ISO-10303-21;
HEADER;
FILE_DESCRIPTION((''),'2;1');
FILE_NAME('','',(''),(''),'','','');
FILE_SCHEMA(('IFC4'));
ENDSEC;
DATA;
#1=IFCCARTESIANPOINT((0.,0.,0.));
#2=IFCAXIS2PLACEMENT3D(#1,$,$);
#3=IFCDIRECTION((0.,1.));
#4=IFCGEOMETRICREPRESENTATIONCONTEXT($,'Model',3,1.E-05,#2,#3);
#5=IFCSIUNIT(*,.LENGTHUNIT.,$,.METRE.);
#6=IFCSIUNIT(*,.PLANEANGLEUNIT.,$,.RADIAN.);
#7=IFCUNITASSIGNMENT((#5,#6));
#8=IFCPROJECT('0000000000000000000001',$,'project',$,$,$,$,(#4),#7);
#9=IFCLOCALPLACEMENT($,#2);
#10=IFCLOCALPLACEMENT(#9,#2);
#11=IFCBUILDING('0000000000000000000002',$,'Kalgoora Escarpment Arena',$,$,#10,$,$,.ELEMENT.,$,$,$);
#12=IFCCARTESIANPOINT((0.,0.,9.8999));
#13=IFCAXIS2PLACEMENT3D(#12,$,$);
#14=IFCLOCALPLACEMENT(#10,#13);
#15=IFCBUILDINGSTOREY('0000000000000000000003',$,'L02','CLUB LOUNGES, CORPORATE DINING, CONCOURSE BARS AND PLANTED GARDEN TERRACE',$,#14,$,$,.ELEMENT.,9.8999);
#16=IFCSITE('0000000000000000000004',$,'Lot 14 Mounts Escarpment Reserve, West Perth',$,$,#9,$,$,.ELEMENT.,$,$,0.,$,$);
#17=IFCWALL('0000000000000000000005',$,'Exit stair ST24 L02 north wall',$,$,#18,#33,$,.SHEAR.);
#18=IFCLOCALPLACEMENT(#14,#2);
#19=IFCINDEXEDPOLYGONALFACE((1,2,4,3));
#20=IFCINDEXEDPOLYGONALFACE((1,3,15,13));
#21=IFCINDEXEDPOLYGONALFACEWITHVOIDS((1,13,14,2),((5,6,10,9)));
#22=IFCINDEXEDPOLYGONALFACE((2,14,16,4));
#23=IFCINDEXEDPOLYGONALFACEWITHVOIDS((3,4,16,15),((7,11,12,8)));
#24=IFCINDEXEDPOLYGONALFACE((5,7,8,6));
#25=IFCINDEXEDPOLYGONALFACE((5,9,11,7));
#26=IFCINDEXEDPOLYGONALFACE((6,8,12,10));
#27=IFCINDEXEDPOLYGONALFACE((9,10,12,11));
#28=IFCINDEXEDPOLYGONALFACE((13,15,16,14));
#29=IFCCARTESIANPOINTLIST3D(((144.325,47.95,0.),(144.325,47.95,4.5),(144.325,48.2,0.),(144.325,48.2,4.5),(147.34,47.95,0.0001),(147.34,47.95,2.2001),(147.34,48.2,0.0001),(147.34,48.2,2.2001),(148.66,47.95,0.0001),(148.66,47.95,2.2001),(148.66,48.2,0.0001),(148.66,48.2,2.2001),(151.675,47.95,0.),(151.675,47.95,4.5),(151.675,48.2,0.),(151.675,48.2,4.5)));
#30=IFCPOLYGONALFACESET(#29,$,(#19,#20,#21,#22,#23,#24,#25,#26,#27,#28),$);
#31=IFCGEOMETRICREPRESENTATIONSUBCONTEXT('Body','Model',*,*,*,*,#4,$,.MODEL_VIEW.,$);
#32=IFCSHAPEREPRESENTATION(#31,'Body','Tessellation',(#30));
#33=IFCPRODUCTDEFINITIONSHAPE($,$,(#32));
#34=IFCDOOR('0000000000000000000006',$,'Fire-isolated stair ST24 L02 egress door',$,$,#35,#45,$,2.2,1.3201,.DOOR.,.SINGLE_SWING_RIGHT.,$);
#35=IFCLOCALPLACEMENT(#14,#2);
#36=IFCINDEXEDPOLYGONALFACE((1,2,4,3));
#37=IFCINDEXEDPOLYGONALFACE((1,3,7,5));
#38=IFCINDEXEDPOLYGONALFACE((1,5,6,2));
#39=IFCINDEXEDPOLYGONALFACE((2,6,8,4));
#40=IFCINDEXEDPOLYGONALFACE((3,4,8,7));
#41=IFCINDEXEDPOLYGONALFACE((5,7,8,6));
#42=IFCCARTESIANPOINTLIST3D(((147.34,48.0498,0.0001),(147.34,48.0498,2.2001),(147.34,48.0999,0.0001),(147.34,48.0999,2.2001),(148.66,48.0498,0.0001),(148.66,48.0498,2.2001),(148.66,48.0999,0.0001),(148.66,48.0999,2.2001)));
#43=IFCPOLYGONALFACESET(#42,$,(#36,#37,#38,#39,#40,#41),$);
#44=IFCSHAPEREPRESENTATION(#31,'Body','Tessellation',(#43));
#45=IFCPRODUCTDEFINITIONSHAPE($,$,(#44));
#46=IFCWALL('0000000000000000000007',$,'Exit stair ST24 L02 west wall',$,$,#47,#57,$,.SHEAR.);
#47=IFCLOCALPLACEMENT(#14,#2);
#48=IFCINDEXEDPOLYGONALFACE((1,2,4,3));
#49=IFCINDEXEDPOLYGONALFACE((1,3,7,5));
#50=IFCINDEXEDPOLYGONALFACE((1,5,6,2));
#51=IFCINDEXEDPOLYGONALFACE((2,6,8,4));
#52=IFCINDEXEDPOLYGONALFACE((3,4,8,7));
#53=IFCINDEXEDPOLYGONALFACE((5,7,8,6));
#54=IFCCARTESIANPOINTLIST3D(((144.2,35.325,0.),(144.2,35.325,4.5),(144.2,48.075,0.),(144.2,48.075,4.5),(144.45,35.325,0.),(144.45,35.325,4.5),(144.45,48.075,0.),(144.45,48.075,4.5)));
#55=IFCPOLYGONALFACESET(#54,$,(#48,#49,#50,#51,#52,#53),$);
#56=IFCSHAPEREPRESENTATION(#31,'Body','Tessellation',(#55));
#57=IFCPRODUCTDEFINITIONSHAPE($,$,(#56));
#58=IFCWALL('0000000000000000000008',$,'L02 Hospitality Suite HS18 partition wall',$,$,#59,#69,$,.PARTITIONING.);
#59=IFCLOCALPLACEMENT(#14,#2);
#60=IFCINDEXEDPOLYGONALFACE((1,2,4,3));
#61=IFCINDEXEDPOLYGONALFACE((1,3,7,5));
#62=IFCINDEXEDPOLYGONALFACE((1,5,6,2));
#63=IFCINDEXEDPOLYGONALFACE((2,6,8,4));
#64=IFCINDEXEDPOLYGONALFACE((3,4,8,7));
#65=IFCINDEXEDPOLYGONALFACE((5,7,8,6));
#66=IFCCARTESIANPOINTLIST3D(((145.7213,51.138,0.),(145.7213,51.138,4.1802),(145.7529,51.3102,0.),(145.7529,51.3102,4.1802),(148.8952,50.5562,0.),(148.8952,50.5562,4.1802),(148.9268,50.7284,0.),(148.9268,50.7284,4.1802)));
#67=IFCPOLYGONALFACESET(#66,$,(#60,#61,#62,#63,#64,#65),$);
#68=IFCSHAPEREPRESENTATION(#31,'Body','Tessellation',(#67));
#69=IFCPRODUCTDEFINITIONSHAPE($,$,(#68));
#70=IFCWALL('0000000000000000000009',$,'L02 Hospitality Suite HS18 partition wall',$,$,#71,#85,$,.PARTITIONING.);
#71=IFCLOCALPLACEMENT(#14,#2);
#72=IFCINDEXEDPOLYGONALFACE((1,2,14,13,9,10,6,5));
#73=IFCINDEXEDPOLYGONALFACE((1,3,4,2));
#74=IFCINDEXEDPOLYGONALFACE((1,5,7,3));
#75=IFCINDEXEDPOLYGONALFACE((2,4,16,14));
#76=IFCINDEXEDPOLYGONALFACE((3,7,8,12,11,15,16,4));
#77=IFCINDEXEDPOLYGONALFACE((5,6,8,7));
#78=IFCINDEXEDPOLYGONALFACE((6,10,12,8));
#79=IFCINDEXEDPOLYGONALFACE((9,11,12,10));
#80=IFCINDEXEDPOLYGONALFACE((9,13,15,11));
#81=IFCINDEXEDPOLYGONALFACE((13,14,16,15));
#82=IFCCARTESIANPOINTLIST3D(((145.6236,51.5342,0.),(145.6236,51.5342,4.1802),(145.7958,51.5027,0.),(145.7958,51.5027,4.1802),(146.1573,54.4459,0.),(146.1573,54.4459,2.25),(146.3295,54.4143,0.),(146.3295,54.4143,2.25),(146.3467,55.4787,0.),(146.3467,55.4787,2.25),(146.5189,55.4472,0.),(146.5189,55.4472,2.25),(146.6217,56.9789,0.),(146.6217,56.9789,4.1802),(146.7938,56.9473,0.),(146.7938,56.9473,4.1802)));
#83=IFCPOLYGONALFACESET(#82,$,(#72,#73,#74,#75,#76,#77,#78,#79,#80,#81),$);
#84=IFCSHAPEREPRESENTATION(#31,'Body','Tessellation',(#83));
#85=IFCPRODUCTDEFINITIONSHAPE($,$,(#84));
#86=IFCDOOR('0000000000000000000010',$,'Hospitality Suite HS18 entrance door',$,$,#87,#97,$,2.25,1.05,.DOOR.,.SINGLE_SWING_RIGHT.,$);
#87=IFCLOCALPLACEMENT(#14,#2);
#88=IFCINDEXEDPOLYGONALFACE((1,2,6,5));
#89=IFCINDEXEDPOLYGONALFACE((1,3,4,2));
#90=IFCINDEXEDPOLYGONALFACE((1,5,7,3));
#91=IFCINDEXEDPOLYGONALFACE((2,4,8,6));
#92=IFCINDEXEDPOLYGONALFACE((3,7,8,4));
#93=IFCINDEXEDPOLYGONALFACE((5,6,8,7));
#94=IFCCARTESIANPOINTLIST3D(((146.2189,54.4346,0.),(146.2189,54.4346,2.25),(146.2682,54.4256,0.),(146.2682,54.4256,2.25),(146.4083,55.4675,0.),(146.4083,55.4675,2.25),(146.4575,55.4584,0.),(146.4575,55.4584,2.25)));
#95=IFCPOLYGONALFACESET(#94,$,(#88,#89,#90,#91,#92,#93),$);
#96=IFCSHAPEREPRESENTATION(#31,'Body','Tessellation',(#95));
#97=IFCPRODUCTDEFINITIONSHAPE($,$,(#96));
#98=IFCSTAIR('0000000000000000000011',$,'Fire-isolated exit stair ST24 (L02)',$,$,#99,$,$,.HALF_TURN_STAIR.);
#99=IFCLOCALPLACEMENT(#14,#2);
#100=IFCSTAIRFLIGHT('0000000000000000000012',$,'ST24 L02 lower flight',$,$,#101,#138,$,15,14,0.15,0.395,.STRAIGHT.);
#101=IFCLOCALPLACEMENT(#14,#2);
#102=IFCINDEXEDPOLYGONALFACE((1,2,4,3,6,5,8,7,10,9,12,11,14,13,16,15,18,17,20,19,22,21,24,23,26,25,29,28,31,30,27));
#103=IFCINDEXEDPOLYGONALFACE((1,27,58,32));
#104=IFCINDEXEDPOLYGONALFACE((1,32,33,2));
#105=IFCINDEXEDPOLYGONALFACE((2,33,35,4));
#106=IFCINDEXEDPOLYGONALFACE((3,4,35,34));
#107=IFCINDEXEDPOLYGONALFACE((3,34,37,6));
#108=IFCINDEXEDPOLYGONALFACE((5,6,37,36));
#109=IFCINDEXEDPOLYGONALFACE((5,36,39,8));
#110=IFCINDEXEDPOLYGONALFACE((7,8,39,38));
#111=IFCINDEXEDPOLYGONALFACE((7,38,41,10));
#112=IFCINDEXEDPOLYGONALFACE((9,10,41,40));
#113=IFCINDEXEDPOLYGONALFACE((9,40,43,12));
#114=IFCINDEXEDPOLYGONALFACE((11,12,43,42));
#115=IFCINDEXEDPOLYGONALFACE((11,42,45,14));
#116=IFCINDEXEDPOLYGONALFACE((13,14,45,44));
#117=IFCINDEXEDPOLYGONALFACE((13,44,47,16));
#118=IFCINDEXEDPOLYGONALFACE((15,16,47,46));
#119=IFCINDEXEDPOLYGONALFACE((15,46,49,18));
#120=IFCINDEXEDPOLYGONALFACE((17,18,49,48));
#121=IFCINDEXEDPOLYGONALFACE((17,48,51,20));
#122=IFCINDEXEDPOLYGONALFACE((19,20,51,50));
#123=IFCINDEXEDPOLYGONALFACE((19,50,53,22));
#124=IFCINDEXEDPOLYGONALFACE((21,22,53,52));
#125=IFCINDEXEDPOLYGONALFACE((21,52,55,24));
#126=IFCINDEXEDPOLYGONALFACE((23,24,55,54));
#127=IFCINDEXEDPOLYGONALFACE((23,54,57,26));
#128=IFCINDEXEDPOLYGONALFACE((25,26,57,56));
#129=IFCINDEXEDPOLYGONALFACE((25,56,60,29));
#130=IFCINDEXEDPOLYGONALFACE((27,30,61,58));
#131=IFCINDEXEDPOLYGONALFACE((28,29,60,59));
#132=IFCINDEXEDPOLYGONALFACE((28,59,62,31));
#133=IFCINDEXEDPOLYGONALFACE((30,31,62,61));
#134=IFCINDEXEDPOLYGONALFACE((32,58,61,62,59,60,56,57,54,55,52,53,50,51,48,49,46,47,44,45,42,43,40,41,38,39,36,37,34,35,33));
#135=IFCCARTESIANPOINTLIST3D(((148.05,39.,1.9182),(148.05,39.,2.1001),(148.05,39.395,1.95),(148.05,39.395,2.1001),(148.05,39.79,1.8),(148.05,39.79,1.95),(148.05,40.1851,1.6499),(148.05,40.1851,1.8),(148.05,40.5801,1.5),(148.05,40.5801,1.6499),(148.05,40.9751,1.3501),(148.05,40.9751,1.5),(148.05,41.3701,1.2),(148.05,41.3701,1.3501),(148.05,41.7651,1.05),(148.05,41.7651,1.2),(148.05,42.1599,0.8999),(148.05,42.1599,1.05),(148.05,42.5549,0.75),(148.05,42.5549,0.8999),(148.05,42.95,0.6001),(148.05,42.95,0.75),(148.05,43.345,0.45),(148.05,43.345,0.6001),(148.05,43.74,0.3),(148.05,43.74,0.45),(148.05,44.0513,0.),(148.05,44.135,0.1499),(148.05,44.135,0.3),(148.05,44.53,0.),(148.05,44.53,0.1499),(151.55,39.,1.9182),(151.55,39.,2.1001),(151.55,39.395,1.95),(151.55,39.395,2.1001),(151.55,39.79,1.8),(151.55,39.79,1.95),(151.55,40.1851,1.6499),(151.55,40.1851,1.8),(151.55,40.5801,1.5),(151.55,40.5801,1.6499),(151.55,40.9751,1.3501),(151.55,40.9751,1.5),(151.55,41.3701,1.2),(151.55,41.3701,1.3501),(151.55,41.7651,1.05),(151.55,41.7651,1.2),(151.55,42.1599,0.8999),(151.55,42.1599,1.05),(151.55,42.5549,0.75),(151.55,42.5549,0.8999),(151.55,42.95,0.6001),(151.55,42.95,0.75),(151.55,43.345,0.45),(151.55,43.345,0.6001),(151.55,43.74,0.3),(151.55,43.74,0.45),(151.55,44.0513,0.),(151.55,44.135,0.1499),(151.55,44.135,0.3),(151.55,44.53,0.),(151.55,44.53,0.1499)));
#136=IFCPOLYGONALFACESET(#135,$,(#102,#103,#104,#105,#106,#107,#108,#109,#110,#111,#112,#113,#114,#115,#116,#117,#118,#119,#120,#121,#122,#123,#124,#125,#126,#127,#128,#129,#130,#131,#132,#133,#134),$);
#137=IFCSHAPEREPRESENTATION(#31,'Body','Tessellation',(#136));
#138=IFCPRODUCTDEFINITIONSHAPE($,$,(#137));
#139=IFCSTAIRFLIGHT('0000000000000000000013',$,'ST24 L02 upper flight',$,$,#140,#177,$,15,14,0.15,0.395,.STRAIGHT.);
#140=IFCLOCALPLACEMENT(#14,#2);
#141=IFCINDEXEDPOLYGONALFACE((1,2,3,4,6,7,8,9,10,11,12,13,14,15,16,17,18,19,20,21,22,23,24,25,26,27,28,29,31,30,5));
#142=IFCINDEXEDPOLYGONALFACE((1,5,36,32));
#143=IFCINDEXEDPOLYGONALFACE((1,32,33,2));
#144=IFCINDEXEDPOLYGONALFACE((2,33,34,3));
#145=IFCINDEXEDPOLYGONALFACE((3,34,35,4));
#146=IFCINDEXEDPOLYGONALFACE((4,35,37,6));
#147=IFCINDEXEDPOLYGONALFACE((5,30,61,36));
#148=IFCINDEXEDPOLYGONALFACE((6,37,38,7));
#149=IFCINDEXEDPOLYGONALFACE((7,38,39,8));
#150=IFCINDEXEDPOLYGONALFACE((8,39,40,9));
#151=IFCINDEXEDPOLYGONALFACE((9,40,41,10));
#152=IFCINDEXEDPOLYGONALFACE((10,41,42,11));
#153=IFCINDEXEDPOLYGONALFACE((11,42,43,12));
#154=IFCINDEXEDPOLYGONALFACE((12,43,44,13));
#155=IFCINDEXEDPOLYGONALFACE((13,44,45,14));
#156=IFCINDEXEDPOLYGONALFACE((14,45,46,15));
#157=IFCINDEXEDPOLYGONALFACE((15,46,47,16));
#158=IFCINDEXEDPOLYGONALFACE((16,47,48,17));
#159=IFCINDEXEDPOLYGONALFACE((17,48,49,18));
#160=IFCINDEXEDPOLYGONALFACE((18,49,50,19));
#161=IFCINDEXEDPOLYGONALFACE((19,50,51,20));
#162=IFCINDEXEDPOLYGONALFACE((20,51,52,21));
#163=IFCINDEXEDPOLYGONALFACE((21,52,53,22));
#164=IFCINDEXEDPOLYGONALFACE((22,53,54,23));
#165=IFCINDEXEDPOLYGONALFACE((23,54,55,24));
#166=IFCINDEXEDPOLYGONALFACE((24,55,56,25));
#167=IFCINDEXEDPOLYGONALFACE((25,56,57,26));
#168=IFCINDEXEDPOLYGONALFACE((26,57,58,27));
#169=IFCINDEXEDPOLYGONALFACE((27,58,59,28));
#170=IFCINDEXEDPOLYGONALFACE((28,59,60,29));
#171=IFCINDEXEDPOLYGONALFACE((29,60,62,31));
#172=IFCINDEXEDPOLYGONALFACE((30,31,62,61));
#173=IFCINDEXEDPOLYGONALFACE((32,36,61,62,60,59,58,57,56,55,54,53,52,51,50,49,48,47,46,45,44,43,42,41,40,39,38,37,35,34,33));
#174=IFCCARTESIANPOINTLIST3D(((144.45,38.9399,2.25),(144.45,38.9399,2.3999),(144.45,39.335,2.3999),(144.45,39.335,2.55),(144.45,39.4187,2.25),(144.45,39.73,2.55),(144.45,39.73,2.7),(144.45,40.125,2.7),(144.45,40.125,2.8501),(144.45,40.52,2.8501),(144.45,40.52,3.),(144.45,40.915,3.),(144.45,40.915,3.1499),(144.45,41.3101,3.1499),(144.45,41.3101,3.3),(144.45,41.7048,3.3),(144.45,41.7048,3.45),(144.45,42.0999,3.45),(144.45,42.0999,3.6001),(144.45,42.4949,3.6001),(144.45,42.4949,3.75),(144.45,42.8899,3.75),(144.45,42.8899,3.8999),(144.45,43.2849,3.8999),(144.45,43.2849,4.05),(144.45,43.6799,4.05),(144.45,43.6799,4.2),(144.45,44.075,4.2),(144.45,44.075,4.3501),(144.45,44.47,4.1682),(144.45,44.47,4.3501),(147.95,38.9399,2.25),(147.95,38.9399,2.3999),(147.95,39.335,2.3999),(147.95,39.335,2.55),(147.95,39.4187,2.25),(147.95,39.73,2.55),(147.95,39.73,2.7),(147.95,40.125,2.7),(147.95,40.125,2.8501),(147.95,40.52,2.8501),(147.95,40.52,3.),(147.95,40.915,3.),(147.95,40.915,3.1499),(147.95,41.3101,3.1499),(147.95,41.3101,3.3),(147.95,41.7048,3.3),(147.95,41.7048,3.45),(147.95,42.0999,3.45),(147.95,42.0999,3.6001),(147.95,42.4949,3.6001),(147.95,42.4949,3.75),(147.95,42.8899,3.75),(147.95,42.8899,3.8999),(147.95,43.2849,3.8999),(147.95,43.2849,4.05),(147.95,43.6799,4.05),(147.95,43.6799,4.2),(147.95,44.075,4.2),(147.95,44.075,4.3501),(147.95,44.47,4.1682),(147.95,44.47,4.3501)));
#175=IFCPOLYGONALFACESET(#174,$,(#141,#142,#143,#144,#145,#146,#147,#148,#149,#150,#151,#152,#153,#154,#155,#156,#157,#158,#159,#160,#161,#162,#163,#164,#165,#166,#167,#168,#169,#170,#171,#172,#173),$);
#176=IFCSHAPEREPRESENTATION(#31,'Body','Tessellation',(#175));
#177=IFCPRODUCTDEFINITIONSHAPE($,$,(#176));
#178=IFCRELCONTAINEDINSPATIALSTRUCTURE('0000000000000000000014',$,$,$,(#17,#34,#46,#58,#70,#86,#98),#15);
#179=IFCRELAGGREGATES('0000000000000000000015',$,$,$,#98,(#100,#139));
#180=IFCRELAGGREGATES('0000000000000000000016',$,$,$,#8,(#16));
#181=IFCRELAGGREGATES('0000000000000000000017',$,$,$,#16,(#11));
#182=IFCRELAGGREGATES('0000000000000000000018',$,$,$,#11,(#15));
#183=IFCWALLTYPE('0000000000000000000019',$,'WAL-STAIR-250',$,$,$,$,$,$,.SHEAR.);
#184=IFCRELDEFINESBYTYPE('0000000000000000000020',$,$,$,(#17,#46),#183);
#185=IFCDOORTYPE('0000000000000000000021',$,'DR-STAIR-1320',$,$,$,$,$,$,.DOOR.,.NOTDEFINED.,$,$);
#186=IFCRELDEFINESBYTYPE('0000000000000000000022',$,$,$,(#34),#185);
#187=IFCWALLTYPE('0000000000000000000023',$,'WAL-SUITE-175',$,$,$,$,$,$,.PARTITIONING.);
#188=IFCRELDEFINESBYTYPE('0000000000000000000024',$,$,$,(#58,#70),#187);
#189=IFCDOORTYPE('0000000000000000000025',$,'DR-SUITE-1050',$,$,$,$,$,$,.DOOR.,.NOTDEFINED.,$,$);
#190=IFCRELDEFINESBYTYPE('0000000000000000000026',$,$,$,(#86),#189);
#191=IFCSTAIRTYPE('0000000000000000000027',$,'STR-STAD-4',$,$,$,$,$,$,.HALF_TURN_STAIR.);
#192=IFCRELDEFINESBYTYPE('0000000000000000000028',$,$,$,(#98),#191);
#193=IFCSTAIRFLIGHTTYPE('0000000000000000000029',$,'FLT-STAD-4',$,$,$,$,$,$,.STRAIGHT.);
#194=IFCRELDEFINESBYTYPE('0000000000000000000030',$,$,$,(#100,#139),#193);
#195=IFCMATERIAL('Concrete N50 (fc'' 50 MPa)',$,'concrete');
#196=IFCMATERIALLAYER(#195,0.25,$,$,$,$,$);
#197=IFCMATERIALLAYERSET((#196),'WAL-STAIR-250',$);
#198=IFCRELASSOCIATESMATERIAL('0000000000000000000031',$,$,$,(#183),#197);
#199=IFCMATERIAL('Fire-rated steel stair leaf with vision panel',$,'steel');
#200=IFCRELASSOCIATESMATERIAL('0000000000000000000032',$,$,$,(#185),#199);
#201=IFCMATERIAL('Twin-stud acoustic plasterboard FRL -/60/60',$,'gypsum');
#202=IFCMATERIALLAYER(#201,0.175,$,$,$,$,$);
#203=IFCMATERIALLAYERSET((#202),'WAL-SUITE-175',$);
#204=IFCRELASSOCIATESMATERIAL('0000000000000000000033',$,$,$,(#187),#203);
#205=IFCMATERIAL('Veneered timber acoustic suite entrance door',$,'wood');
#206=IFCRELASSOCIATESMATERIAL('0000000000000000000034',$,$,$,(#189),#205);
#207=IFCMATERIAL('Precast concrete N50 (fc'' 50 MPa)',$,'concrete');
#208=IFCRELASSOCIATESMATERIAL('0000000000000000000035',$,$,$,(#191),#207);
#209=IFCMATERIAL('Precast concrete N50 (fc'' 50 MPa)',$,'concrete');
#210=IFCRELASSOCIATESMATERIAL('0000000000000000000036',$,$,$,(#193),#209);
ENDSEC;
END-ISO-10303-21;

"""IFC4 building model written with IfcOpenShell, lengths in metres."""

from ifc_helpers import new_model, si_unit, direction, frame, frame_2d, origin, place, context, subcontext, project, spatial, polyline, rectangle, outline, extrude, material, layer, layer_set, type_object, element, fill, aggregate, save


model = new_model("IFC4")

# Units and contexts
model_context = context("Model", 3, precision=1e-05, world=origin(), true_north=direction((0.0, 1.0)))
body_context = subcontext(model_context, "Body", "Model", "MODEL_VIEW")
ifc_project = project(units=[si_unit("LENGTHUNIT", "METRE"), si_unit("PLANEANGLEUNIT", "RADIAN")], contexts=[model_context])

# Site, building, storey
site_placement = place(None, origin())
site = spatial("IfcSite", under=ifc_project, at=site_placement, Name="Lot 14 Mounts Escarpment Reserve, West Perth", CompositionType="ELEMENT", RefElevation=0.0)
building_placement = place(site_placement, origin())
building = spatial("IfcBuilding", under=site, at=building_placement, Name="Kalgoora Escarpment Arena", CompositionType="ELEMENT")
storey_placement = place(building_placement, frame((0.0, 0.0, 9.8999)))
storey = spatial("IfcBuildingStorey", under=building, at=storey_placement, Name="L02", Description="CLUB LOUNGES, CORPORATE DINING, CONCOURSE BARS AND PLANTED GARDEN TERRACE", CompositionType="ELEMENT", Elevation=9.8999)

# Shared definitions
ifc_material_1 = material(Name="Concrete N50 (fc' 50 MPa)", Category="concrete")
ifc_layer_1 = layer(ifc_material_1, 0.25)
ifc_layer_set_1 = layer_set([ifc_layer_1], Name="WAL-STAIR-250")
wall_type_1 = type_object("IfcWallType", Name="WAL-STAIR-250", PredefinedType="SHEAR", material=ifc_layer_set_1)

# Shared definitions
ifc_material_2 = material(Name="Fire-rated steel stair leaf with vision panel", Category="steel")
door_type_1 = type_object("IfcDoorType", Name="DR-STAIR-1320", OperationType="NOTDEFINED", PredefinedType="DOOR", material=ifc_material_2)

# Wall, opening, door
wall_1_placement = place(storey_placement, frame((144.325, 48.075, 0.0), z_axis=(0.0, 0.0, 1.0), x_axis=(1.0, 0.0, 0.0)))
wall_1 = element("IfcWall", 1, at=wall_1_placement, inside=storey, type_object=wall_type_1, Name="Exit stair ST24 L02 north wall", PredefinedType="SHEAR", context=body_context, shape_type="SweptSolid", body=[
    extrude(rectangle(XDim=7.3501, YDim=0.25, at=frame_2d((3.675, 0.0))), origin(), (0.0, 0.0, 1.0), 4.5),
])
opening_1_placement = place(wall_1_placement, frame((3.0149, 0.0, 0.0)))
opening_1 = element("IfcOpeningElement", 2, at=opening_1_placement, cuts=wall_1, PredefinedType="OPENING", context=body_context, shape_type="SweptSolid", body=[
    extrude(rectangle(XDim=1.3201, YDim=2.2, at=frame_2d((0.6602, 1.1001))), frame((0.0, 0.135, 0.0), z_axis=(0.0, -1.0, 0.0), x_axis=(1.0, 0.0, 0.0)), (0.0, 0.0, 1.0), 0.27),
])
door_1_placement = place(opening_1_placement, origin())
door_1 = element("IfcDoor", 3, at=door_1_placement, inside=storey, type_object=door_type_1, Name="Fire-isolated stair ST24 L02 egress door", OperationType="SINGLE_SWING_RIGHT", OverallHeight=2.2, OverallWidth=1.3201, PredefinedType="DOOR", context=body_context, shape_type="SweptSolid", body=[
    extrude(rectangle(XDim=1.3201, YDim=2.2, at=frame_2d((0.6602, 1.1001))), frame((0.0, 0.0249, 0.0), z_axis=(0.0, -1.0, 0.0), x_axis=(1.0, 0.0, 0.0)), (0.0, 0.0, 1.0), 0.05),
])
fill(opening_1, door_1)

# Walls
wall_2_placement = place(storey_placement, frame((144.325, 35.325, 0.0), z_axis=(0.0, 0.0, 1.0), x_axis=(0.0, 1.0, 0.0)))
element("IfcWall", 4, at=wall_2_placement, inside=storey, type_object=wall_type_1, Name="Exit stair ST24 L02 west wall", PredefinedType="SHEAR", context=body_context, shape_type="SweptSolid", body=[
    extrude(rectangle(XDim=12.75, YDim=0.25, at=frame_2d((6.375, 0.0))), origin(), (0.0, 0.0, 1.0), 4.5),
])
ifc_material_3 = material(Name="Twin-stud acoustic plasterboard FRL -/60/60", Category="gypsum")
ifc_layer_2 = layer(ifc_material_3, 0.175)
ifc_layer_set_2 = layer_set([ifc_layer_2], Name="WAL-SUITE-175")
wall_type_2 = type_object("IfcWallType", Name="WAL-SUITE-175", PredefinedType="PARTITIONING", material=ifc_layer_set_2)
wall_3_placement = place(storey_placement, frame((148.9109, 50.6423, 0.0), z_axis=(0.0, 0.0, 1.0), x_axis=(-0.983611, 0.180303, 0.0)))
element("IfcWall", 5, at=wall_3_placement, inside=storey, type_object=wall_type_2, Name="L02 Hospitality Suite HS18 partition wall", PredefinedType="PARTITIONING", context=body_context, shape_type="SweptSolid", body=[
    extrude(rectangle(XDim=3.2268, YDim=0.175, at=frame_2d((1.6133, 0.0))), origin(), (0.0, 0.0, 1.0), 4.1802),
])

# Wall, opening, door
wall_4_placement = place(storey_placement, frame((145.7097, 51.5186, 0.0), z_axis=(0.0, 0.0, 1.0), x_axis=(0.180306, 0.983611, 0.0)))
wall_4 = element("IfcWall", 6, at=wall_4_placement, inside=storey, type_object=wall_type_2, Name="L02 Hospitality Suite HS18 partition wall", PredefinedType="PARTITIONING", context=body_context, shape_type="SweptSolid", body=[
    extrude(rectangle(XDim=5.5354, YDim=0.175, at=frame_2d((2.7676, 0.0))), origin(), (0.0, 0.0, 1.0), 4.1802),
])
opening_2_placement = place(wall_4_placement, frame((2.9602, 0.0, 0.0)))
opening_2 = element("IfcOpeningElement", 7, at=opening_2_placement, cuts=wall_4, PredefinedType="OPENING", context=body_context, shape_type="SweptSolid", body=[
    extrude(rectangle(XDim=1.05, YDim=2.25, at=frame_2d((0.5249, 1.125))), frame((0.0, 0.0974, 0.0), z_axis=(0.0, -1.0, 0.0), x_axis=(1.0, 0.0, 0.0)), (0.0, 0.0, 1.0), 0.1951),
])
ifc_material_4 = material(Name="Veneered timber acoustic suite entrance door", Category="wood")
door_type_2 = type_object("IfcDoorType", Name="DR-SUITE-1050", OperationType="NOTDEFINED", PredefinedType="DOOR", material=ifc_material_4)
door_2_placement = place(opening_2_placement, origin())
door_2 = element("IfcDoor", 8, at=door_2_placement, inside=storey, type_object=door_type_2, Name="Hospitality Suite HS18 entrance door", OperationType="SINGLE_SWING_RIGHT", OverallHeight=2.25, OverallWidth=1.05, PredefinedType="DOOR", context=body_context, shape_type="SweptSolid", body=[
    extrude(rectangle(XDim=1.05, YDim=2.25, at=frame_2d((0.5249, 1.125))), frame((0.0, 0.0249, 0.0), z_axis=(0.0, -1.0, 0.0), x_axis=(1.0, 0.0, 0.0)), (0.0, 0.0, 1.0), 0.05),
])
fill(opening_2, door_2)

# Stair, stair flights
ifc_material_5 = material(Name="Precast concrete N50 (fc' 50 MPa)", Category="concrete")
stair_type = type_object("IfcStairType", Name="STR-STAD-4", PredefinedType="HALF_TURN_STAIR", material=ifc_material_5)
stair_placement = place(storey_placement, origin())
stair = element("IfcStair", 9, at=stair_placement, inside=storey, type_object=stair_type, Name="Fire-isolated exit stair ST24 (L02)", PredefinedType="HALF_TURN_STAIR")
ifc_material_6 = material(Name="Precast concrete N50 (fc' 50 MPa)", Category="concrete")
stair_flight_type = type_object("IfcStairFlightType", Name="FLT-STAD-4", PredefinedType="STRAIGHT", material=ifc_material_6)
stair_flight_1_placement = place(storey_placement, frame((149.8, 44.53, 0.0), z_axis=(0.0, 0.0, 1.0), x_axis=(0.0, -1.0, 0.0)))
stair_flight_1 = element("IfcStairFlight", 10, at=stair_flight_1_placement, type_object=stair_flight_type, Name="ST24 L02 lower flight", NumberOfRisers=15, NumberOfTreads=14, PredefinedType="STRAIGHT", RiserHeight=0.15, TreadLength=0.395, context=body_context, shape_type="SweptSolid", body=[
    extrude(outline(polyline([(0.0, 0.0), (0.0, 0.1499), (0.395, 0.1499), (0.395, 0.3), (0.79, 0.3), (0.79, 0.45), (1.1851, 0.45), (1.1851, 0.6001), (1.5801, 0.6001), (1.5801, 0.75), (1.9751, 0.75), (1.9751, 0.8999), (2.3701, 0.8999), (2.3701, 1.05), (2.7649, 1.05), (2.7649, 1.2), (3.1599, 1.2), (3.1599, 1.3501), (3.5549, 1.3501), (3.5549, 1.5), (3.95, 1.5), (3.95, 1.6499), (4.345, 1.6499), (4.345, 1.8), (4.74, 1.8), (4.74, 1.95), (5.135, 1.95), (5.135, 2.1001), (5.53, 2.1001), (5.53, 2.25), (5.53, 1.9182), (0.4788, 0.0), (0.0, 0.0)])), frame((0.0, 1.75, 0.0), z_axis=(0.0, -1.0, 0.0), x_axis=(1.0, 0.0, 0.0)), (0.0, 0.0, 1.0), 3.5),
])
stair_flight_2_placement = place(storey_placement, frame((146.2, 38.9399, 2.25), z_axis=(0.0, 0.0, 1.0), x_axis=(0.0, 1.0, 0.0)))
stair_flight_2 = element("IfcStairFlight", 11, at=stair_flight_2_placement, type_object=stair_flight_type, Name="ST24 L02 upper flight", NumberOfRisers=15, NumberOfTreads=14, PredefinedType="STRAIGHT", RiserHeight=0.15, TreadLength=0.395, context=body_context, shape_type="SweptSolid", body=[
    extrude(outline(polyline([(0.0, 0.0), (0.0, 0.1499), (0.395, 0.1499), (0.395, 0.3), (0.79, 0.3), (0.79, 0.45), (1.1851, 0.45), (1.1851, 0.6001), (1.5801, 0.6001), (1.5801, 0.75), (1.9751, 0.75), (1.9751, 0.8999), (2.3701, 0.8999), (2.3701, 1.05), (2.7649, 1.05), (2.7649, 1.2), (3.1599, 1.2), (3.1599, 1.3501), (3.5549, 1.3501), (3.5549, 1.5), (3.95, 1.5), (3.95, 1.6499), (4.345, 1.6499), (4.345, 1.8), (4.74, 1.8), (4.74, 1.95), (5.135, 1.95), (5.135, 2.1001), (5.53, 2.1001), (5.53, 2.25), (5.53, 1.9182), (0.4788, 0.0), (0.0, 0.0)])), frame((0.0, 1.75, 0.0), z_axis=(0.0, -1.0, 0.0), x_axis=(1.0, 0.0, 0.0)), (0.0, 0.0, 1.0), 3.5),
])
aggregate(stair, [stair_flight_1, stair_flight_2])

save(model, "model.ifc")
